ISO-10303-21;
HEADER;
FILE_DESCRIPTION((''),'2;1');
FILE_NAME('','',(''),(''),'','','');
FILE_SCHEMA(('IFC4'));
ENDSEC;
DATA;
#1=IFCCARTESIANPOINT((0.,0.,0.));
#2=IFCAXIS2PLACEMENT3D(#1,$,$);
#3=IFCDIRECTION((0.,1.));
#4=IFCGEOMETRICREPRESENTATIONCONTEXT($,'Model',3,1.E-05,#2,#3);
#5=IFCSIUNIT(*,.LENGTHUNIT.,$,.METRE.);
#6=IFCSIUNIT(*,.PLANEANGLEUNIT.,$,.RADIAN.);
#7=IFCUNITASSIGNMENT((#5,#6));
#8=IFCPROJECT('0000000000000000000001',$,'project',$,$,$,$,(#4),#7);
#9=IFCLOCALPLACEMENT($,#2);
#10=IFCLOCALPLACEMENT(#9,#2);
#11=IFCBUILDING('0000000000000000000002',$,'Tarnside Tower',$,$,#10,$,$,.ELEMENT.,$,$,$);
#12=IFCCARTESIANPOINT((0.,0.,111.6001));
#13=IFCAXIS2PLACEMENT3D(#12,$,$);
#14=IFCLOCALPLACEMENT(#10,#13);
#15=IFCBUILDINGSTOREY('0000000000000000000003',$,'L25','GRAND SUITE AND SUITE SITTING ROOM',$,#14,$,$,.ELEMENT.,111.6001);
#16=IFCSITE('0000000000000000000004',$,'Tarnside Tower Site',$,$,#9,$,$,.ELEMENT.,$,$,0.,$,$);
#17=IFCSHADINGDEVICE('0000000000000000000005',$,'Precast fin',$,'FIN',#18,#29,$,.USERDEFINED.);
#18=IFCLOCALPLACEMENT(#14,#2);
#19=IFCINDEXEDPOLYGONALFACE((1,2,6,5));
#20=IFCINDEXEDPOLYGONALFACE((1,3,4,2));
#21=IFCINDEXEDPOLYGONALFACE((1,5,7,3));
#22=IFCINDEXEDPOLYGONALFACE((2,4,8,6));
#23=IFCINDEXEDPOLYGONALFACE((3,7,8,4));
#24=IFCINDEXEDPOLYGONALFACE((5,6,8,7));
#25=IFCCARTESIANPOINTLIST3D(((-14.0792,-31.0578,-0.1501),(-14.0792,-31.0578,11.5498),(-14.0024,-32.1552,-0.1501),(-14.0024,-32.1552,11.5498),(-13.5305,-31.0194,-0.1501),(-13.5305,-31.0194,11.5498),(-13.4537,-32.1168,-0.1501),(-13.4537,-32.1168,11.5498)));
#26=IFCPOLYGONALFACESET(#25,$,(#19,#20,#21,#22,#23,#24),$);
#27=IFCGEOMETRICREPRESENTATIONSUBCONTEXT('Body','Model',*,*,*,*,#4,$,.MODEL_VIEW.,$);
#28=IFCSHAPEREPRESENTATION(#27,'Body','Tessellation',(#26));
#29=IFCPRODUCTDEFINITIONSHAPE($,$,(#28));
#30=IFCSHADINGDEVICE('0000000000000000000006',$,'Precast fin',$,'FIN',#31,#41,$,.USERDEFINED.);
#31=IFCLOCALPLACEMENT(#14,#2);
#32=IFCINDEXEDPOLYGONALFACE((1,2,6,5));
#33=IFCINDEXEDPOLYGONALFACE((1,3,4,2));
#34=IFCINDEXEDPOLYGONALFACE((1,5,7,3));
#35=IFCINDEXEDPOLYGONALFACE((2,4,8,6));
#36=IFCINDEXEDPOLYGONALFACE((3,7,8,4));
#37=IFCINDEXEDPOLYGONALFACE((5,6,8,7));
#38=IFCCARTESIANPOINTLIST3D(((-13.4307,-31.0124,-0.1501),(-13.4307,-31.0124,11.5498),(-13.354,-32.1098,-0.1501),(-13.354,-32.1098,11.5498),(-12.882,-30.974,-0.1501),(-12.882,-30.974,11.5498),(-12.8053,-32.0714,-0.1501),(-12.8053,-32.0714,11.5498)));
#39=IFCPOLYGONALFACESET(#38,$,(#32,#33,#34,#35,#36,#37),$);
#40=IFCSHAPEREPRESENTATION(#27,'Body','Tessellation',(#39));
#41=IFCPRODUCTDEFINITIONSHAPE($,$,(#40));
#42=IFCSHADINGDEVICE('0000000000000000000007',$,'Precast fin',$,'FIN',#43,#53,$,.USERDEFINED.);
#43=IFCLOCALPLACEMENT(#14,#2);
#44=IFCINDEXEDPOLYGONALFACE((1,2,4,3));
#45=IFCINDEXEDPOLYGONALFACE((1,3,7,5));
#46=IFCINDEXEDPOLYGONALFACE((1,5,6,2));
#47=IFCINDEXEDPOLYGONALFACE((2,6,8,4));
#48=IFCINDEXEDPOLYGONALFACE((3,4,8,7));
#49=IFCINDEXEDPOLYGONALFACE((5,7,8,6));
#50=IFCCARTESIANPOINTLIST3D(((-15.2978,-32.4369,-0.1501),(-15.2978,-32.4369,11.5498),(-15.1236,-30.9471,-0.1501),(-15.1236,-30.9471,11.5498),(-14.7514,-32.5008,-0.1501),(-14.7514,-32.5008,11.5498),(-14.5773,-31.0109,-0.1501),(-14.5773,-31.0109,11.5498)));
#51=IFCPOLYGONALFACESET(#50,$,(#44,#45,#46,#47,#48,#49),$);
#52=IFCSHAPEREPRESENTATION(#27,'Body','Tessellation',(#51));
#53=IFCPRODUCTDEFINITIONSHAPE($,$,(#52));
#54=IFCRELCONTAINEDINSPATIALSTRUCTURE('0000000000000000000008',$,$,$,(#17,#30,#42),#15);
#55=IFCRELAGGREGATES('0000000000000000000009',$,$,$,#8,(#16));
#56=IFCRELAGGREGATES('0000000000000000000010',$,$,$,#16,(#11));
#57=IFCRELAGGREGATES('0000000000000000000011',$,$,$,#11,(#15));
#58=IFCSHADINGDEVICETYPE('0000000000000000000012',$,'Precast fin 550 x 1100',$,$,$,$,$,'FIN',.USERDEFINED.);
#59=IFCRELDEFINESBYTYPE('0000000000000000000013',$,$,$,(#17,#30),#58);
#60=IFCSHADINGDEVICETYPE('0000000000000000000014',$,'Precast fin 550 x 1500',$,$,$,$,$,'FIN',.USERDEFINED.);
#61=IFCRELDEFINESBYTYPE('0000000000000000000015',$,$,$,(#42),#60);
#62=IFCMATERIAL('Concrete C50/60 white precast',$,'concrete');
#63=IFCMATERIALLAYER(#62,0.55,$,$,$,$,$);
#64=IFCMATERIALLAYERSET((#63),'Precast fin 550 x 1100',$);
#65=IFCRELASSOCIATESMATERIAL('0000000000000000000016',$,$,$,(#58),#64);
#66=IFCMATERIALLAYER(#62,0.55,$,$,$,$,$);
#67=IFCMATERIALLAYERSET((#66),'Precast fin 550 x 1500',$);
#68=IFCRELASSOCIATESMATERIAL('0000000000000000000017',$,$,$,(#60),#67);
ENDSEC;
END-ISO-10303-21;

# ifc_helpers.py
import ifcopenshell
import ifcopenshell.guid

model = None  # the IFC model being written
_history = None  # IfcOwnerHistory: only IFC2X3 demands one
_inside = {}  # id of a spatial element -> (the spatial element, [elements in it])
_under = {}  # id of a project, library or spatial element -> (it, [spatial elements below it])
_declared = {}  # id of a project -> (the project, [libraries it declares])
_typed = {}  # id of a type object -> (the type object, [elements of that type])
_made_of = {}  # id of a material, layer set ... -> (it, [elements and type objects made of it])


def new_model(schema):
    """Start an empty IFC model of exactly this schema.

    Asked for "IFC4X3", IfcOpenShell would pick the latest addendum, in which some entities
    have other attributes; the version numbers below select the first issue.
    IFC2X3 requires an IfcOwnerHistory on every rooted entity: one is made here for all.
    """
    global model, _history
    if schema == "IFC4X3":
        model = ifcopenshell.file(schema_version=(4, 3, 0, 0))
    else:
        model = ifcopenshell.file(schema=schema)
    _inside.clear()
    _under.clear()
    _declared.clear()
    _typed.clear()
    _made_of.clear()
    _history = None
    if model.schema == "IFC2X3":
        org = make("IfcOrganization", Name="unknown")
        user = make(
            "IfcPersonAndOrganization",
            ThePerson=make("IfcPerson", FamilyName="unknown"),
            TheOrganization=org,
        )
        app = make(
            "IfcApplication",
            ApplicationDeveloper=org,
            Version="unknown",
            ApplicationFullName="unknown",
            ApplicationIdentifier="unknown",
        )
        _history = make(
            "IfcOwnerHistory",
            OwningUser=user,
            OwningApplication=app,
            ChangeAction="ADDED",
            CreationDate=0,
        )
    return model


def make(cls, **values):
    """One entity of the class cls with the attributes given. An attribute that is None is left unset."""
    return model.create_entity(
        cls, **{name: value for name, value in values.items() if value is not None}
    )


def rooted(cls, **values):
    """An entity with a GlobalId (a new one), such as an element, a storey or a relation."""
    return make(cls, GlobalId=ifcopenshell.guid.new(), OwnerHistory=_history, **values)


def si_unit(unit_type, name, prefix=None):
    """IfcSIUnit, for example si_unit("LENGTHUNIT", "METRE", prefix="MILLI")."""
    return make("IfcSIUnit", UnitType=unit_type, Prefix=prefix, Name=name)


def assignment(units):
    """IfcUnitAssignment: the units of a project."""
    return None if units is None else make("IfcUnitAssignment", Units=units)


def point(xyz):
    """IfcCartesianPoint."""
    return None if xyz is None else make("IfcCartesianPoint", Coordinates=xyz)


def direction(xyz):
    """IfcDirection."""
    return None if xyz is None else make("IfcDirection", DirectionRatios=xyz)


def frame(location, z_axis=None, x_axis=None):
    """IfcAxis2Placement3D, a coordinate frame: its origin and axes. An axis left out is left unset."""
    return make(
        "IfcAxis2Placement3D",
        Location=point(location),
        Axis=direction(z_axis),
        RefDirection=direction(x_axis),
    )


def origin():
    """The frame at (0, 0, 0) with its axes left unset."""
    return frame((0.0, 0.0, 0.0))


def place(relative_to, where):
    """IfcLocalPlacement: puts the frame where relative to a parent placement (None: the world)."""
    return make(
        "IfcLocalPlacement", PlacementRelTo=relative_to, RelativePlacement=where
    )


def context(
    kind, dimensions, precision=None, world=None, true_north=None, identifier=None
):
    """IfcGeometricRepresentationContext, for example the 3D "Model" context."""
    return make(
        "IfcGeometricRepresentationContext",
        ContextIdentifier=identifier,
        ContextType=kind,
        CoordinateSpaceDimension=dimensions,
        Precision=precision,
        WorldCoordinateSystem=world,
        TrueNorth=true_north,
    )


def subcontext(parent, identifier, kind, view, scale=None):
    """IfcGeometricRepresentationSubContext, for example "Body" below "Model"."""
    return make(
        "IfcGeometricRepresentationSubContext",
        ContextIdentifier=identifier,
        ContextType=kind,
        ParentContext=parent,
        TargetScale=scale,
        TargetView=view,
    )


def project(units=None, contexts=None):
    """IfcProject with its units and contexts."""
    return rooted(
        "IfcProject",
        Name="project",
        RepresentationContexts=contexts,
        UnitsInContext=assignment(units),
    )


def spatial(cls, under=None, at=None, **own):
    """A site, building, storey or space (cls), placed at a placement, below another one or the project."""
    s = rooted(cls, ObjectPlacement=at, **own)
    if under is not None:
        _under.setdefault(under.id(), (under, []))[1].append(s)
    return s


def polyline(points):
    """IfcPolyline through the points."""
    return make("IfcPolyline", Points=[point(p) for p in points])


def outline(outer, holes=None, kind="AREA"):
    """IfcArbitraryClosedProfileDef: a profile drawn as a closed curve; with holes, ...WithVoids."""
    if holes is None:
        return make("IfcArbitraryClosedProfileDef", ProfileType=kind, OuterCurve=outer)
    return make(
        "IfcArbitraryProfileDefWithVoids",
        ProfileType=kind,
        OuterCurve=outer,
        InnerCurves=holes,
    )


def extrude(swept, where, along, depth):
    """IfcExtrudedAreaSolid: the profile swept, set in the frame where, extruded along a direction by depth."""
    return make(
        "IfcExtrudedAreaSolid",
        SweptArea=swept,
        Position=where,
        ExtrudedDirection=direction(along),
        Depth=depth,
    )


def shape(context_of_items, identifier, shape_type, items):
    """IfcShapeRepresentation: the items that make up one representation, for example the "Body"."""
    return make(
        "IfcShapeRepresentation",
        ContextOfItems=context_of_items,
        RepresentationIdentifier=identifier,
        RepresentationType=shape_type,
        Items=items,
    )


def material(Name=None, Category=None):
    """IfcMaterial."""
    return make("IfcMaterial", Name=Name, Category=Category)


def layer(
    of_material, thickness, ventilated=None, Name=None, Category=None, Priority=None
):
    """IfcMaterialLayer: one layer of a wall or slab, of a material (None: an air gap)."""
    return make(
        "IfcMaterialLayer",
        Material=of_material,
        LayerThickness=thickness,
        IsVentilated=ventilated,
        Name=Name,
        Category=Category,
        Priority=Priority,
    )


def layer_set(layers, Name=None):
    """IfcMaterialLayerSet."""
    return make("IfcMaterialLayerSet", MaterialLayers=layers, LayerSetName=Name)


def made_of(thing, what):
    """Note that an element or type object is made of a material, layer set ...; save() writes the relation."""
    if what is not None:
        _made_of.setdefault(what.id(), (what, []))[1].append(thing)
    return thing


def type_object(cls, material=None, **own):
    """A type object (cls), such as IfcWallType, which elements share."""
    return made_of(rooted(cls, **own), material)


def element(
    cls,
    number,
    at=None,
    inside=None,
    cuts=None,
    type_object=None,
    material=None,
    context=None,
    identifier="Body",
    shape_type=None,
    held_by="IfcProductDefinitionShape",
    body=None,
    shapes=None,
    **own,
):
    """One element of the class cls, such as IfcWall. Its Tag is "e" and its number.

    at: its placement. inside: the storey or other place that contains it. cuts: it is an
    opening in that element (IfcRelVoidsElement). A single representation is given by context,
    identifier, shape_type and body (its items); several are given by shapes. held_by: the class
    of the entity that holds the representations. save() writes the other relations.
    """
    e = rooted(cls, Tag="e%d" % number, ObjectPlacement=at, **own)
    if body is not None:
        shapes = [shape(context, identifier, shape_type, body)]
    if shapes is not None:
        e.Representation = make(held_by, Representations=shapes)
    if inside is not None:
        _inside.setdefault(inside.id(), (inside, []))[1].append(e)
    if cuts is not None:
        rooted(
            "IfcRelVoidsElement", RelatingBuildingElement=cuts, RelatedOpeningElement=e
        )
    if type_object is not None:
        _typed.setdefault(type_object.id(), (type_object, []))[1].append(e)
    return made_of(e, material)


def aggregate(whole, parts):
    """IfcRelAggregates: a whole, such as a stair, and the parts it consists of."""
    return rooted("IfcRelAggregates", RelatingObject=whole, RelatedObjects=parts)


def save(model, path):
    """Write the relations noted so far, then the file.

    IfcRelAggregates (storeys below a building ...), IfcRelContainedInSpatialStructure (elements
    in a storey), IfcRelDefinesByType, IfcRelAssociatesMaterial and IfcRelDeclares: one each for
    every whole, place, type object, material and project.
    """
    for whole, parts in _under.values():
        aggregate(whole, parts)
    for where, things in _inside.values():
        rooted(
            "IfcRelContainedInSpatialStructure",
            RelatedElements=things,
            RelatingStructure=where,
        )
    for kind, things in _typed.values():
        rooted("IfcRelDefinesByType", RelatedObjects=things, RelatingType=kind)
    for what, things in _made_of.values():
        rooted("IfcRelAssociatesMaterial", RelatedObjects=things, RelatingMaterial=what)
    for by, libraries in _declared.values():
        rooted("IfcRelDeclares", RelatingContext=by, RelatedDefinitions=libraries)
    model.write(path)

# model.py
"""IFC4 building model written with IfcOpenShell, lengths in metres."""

from ifc_helpers import new_model, si_unit, direction, frame, origin, place, context, subcontext, project, spatial, polyline, outline, extrude, material, layer, layer_set, type_object, element, save


model = new_model("IFC4")

# Units and contexts
model_context = context("Model", 3, precision=1e-05, world=origin(), true_north=direction((0.0, 1.0)))
body_context = subcontext(model_context, "Body", "Model", "MODEL_VIEW")
ifc_project = project(units=[si_unit("LENGTHUNIT", "METRE"), si_unit("PLANEANGLEUNIT", "RADIAN")], contexts=[model_context])

# Site, building, storey
site_placement = place(None, origin())
site = spatial("IfcSite", under=ifc_project, at=site_placement, Name="Tarnside Tower Site", CompositionType="ELEMENT", RefElevation=0.0)
building_placement = place(site_placement, origin())
building = spatial("IfcBuilding", under=site, at=building_placement, Name="Tarnside Tower", CompositionType="ELEMENT")
storey_placement = place(building_placement, frame((0.0, 0.0, 111.6001)))
storey = spatial("IfcBuildingStorey", under=building, at=storey_placement, Name="L25", Description="GRAND SUITE AND SUITE SITTING ROOM", CompositionType="ELEMENT", Elevation=111.6001)

# Shading devices
ifc_material_1 = material(Name="Concrete C50/60 white precast", Category="concrete")
ifc_layer_1 = layer(ifc_material_1, 0.55)
ifc_layer_set_1 = layer_set([ifc_layer_1], Name="Precast fin 550 x 1100")
shading_device_type_1 = type_object("IfcShadingDeviceType", Name="Precast fin 550 x 1100", ElementType="FIN", PredefinedType="USERDEFINED", material=ifc_layer_set_1)
for number, where, z_axis, x_axis, name in (
    (1, (-13.8047, -31.0386, -0.1501), (-0.997564, -0.069756, 0.0), (0.069756, -0.997564, 0.0), "Precast fin"),
    (2, (-13.1562, -30.9932, -0.1501), (-0.997564, -0.069756, 0.0), (0.069756, -0.997564, 0.0), "Precast fin"),
):
    element("IfcShadingDevice", number, at=place(storey_placement, frame(where, z_axis=z_axis, x_axis=x_axis)), inside=storey, type_object=shading_device_type_1, Name=name, ObjectType="FIN", PredefinedType="USERDEFINED", context=body_context, shape_type="SweptSolid", body=[
        extrude(outline(polyline([(0.0, 0.0), (1.1001, 0.0), (1.1001, 11.7), (0.0, 11.7), (0.0, 0.0)])), frame((0.0, 0.0, -0.2749)), (0.0, 0.0, 1.0), 0.55),
    ])
ifc_layer_2 = layer(ifc_material_1, 0.55)
ifc_layer_set_2 = layer_set([ifc_layer_2], Name="Precast fin 550 x 1500")
shading_device_type_2 = type_object("IfcShadingDeviceType", Name="Precast fin 550 x 1500", ElementType="FIN", PredefinedType="USERDEFINED", material=ifc_layer_set_2)
shading_device_placement = place(storey_placement, frame((-14.8503, -30.979, -0.1501), z_axis=(-0.993238, 0.116093, 0.0), x_axis=(-0.116093, -0.993238, 0.0)))
element("IfcShadingDevice", 3, at=shading_device_placement, inside=storey, type_object=shading_device_type_2, Name="Precast fin", ObjectType="FIN", PredefinedType="USERDEFINED", context=body_context, shape_type="SweptSolid", body=[
    extrude(outline(polyline([(0.0, 0.0), (1.5, 0.0), (1.5, 11.7), (0.0, 11.7), (0.0, 0.0)])), frame((0.0, 0.0, -0.2749)), (0.0, 0.0, 1.0), 0.55),
])

save(model, "model.ifc")
